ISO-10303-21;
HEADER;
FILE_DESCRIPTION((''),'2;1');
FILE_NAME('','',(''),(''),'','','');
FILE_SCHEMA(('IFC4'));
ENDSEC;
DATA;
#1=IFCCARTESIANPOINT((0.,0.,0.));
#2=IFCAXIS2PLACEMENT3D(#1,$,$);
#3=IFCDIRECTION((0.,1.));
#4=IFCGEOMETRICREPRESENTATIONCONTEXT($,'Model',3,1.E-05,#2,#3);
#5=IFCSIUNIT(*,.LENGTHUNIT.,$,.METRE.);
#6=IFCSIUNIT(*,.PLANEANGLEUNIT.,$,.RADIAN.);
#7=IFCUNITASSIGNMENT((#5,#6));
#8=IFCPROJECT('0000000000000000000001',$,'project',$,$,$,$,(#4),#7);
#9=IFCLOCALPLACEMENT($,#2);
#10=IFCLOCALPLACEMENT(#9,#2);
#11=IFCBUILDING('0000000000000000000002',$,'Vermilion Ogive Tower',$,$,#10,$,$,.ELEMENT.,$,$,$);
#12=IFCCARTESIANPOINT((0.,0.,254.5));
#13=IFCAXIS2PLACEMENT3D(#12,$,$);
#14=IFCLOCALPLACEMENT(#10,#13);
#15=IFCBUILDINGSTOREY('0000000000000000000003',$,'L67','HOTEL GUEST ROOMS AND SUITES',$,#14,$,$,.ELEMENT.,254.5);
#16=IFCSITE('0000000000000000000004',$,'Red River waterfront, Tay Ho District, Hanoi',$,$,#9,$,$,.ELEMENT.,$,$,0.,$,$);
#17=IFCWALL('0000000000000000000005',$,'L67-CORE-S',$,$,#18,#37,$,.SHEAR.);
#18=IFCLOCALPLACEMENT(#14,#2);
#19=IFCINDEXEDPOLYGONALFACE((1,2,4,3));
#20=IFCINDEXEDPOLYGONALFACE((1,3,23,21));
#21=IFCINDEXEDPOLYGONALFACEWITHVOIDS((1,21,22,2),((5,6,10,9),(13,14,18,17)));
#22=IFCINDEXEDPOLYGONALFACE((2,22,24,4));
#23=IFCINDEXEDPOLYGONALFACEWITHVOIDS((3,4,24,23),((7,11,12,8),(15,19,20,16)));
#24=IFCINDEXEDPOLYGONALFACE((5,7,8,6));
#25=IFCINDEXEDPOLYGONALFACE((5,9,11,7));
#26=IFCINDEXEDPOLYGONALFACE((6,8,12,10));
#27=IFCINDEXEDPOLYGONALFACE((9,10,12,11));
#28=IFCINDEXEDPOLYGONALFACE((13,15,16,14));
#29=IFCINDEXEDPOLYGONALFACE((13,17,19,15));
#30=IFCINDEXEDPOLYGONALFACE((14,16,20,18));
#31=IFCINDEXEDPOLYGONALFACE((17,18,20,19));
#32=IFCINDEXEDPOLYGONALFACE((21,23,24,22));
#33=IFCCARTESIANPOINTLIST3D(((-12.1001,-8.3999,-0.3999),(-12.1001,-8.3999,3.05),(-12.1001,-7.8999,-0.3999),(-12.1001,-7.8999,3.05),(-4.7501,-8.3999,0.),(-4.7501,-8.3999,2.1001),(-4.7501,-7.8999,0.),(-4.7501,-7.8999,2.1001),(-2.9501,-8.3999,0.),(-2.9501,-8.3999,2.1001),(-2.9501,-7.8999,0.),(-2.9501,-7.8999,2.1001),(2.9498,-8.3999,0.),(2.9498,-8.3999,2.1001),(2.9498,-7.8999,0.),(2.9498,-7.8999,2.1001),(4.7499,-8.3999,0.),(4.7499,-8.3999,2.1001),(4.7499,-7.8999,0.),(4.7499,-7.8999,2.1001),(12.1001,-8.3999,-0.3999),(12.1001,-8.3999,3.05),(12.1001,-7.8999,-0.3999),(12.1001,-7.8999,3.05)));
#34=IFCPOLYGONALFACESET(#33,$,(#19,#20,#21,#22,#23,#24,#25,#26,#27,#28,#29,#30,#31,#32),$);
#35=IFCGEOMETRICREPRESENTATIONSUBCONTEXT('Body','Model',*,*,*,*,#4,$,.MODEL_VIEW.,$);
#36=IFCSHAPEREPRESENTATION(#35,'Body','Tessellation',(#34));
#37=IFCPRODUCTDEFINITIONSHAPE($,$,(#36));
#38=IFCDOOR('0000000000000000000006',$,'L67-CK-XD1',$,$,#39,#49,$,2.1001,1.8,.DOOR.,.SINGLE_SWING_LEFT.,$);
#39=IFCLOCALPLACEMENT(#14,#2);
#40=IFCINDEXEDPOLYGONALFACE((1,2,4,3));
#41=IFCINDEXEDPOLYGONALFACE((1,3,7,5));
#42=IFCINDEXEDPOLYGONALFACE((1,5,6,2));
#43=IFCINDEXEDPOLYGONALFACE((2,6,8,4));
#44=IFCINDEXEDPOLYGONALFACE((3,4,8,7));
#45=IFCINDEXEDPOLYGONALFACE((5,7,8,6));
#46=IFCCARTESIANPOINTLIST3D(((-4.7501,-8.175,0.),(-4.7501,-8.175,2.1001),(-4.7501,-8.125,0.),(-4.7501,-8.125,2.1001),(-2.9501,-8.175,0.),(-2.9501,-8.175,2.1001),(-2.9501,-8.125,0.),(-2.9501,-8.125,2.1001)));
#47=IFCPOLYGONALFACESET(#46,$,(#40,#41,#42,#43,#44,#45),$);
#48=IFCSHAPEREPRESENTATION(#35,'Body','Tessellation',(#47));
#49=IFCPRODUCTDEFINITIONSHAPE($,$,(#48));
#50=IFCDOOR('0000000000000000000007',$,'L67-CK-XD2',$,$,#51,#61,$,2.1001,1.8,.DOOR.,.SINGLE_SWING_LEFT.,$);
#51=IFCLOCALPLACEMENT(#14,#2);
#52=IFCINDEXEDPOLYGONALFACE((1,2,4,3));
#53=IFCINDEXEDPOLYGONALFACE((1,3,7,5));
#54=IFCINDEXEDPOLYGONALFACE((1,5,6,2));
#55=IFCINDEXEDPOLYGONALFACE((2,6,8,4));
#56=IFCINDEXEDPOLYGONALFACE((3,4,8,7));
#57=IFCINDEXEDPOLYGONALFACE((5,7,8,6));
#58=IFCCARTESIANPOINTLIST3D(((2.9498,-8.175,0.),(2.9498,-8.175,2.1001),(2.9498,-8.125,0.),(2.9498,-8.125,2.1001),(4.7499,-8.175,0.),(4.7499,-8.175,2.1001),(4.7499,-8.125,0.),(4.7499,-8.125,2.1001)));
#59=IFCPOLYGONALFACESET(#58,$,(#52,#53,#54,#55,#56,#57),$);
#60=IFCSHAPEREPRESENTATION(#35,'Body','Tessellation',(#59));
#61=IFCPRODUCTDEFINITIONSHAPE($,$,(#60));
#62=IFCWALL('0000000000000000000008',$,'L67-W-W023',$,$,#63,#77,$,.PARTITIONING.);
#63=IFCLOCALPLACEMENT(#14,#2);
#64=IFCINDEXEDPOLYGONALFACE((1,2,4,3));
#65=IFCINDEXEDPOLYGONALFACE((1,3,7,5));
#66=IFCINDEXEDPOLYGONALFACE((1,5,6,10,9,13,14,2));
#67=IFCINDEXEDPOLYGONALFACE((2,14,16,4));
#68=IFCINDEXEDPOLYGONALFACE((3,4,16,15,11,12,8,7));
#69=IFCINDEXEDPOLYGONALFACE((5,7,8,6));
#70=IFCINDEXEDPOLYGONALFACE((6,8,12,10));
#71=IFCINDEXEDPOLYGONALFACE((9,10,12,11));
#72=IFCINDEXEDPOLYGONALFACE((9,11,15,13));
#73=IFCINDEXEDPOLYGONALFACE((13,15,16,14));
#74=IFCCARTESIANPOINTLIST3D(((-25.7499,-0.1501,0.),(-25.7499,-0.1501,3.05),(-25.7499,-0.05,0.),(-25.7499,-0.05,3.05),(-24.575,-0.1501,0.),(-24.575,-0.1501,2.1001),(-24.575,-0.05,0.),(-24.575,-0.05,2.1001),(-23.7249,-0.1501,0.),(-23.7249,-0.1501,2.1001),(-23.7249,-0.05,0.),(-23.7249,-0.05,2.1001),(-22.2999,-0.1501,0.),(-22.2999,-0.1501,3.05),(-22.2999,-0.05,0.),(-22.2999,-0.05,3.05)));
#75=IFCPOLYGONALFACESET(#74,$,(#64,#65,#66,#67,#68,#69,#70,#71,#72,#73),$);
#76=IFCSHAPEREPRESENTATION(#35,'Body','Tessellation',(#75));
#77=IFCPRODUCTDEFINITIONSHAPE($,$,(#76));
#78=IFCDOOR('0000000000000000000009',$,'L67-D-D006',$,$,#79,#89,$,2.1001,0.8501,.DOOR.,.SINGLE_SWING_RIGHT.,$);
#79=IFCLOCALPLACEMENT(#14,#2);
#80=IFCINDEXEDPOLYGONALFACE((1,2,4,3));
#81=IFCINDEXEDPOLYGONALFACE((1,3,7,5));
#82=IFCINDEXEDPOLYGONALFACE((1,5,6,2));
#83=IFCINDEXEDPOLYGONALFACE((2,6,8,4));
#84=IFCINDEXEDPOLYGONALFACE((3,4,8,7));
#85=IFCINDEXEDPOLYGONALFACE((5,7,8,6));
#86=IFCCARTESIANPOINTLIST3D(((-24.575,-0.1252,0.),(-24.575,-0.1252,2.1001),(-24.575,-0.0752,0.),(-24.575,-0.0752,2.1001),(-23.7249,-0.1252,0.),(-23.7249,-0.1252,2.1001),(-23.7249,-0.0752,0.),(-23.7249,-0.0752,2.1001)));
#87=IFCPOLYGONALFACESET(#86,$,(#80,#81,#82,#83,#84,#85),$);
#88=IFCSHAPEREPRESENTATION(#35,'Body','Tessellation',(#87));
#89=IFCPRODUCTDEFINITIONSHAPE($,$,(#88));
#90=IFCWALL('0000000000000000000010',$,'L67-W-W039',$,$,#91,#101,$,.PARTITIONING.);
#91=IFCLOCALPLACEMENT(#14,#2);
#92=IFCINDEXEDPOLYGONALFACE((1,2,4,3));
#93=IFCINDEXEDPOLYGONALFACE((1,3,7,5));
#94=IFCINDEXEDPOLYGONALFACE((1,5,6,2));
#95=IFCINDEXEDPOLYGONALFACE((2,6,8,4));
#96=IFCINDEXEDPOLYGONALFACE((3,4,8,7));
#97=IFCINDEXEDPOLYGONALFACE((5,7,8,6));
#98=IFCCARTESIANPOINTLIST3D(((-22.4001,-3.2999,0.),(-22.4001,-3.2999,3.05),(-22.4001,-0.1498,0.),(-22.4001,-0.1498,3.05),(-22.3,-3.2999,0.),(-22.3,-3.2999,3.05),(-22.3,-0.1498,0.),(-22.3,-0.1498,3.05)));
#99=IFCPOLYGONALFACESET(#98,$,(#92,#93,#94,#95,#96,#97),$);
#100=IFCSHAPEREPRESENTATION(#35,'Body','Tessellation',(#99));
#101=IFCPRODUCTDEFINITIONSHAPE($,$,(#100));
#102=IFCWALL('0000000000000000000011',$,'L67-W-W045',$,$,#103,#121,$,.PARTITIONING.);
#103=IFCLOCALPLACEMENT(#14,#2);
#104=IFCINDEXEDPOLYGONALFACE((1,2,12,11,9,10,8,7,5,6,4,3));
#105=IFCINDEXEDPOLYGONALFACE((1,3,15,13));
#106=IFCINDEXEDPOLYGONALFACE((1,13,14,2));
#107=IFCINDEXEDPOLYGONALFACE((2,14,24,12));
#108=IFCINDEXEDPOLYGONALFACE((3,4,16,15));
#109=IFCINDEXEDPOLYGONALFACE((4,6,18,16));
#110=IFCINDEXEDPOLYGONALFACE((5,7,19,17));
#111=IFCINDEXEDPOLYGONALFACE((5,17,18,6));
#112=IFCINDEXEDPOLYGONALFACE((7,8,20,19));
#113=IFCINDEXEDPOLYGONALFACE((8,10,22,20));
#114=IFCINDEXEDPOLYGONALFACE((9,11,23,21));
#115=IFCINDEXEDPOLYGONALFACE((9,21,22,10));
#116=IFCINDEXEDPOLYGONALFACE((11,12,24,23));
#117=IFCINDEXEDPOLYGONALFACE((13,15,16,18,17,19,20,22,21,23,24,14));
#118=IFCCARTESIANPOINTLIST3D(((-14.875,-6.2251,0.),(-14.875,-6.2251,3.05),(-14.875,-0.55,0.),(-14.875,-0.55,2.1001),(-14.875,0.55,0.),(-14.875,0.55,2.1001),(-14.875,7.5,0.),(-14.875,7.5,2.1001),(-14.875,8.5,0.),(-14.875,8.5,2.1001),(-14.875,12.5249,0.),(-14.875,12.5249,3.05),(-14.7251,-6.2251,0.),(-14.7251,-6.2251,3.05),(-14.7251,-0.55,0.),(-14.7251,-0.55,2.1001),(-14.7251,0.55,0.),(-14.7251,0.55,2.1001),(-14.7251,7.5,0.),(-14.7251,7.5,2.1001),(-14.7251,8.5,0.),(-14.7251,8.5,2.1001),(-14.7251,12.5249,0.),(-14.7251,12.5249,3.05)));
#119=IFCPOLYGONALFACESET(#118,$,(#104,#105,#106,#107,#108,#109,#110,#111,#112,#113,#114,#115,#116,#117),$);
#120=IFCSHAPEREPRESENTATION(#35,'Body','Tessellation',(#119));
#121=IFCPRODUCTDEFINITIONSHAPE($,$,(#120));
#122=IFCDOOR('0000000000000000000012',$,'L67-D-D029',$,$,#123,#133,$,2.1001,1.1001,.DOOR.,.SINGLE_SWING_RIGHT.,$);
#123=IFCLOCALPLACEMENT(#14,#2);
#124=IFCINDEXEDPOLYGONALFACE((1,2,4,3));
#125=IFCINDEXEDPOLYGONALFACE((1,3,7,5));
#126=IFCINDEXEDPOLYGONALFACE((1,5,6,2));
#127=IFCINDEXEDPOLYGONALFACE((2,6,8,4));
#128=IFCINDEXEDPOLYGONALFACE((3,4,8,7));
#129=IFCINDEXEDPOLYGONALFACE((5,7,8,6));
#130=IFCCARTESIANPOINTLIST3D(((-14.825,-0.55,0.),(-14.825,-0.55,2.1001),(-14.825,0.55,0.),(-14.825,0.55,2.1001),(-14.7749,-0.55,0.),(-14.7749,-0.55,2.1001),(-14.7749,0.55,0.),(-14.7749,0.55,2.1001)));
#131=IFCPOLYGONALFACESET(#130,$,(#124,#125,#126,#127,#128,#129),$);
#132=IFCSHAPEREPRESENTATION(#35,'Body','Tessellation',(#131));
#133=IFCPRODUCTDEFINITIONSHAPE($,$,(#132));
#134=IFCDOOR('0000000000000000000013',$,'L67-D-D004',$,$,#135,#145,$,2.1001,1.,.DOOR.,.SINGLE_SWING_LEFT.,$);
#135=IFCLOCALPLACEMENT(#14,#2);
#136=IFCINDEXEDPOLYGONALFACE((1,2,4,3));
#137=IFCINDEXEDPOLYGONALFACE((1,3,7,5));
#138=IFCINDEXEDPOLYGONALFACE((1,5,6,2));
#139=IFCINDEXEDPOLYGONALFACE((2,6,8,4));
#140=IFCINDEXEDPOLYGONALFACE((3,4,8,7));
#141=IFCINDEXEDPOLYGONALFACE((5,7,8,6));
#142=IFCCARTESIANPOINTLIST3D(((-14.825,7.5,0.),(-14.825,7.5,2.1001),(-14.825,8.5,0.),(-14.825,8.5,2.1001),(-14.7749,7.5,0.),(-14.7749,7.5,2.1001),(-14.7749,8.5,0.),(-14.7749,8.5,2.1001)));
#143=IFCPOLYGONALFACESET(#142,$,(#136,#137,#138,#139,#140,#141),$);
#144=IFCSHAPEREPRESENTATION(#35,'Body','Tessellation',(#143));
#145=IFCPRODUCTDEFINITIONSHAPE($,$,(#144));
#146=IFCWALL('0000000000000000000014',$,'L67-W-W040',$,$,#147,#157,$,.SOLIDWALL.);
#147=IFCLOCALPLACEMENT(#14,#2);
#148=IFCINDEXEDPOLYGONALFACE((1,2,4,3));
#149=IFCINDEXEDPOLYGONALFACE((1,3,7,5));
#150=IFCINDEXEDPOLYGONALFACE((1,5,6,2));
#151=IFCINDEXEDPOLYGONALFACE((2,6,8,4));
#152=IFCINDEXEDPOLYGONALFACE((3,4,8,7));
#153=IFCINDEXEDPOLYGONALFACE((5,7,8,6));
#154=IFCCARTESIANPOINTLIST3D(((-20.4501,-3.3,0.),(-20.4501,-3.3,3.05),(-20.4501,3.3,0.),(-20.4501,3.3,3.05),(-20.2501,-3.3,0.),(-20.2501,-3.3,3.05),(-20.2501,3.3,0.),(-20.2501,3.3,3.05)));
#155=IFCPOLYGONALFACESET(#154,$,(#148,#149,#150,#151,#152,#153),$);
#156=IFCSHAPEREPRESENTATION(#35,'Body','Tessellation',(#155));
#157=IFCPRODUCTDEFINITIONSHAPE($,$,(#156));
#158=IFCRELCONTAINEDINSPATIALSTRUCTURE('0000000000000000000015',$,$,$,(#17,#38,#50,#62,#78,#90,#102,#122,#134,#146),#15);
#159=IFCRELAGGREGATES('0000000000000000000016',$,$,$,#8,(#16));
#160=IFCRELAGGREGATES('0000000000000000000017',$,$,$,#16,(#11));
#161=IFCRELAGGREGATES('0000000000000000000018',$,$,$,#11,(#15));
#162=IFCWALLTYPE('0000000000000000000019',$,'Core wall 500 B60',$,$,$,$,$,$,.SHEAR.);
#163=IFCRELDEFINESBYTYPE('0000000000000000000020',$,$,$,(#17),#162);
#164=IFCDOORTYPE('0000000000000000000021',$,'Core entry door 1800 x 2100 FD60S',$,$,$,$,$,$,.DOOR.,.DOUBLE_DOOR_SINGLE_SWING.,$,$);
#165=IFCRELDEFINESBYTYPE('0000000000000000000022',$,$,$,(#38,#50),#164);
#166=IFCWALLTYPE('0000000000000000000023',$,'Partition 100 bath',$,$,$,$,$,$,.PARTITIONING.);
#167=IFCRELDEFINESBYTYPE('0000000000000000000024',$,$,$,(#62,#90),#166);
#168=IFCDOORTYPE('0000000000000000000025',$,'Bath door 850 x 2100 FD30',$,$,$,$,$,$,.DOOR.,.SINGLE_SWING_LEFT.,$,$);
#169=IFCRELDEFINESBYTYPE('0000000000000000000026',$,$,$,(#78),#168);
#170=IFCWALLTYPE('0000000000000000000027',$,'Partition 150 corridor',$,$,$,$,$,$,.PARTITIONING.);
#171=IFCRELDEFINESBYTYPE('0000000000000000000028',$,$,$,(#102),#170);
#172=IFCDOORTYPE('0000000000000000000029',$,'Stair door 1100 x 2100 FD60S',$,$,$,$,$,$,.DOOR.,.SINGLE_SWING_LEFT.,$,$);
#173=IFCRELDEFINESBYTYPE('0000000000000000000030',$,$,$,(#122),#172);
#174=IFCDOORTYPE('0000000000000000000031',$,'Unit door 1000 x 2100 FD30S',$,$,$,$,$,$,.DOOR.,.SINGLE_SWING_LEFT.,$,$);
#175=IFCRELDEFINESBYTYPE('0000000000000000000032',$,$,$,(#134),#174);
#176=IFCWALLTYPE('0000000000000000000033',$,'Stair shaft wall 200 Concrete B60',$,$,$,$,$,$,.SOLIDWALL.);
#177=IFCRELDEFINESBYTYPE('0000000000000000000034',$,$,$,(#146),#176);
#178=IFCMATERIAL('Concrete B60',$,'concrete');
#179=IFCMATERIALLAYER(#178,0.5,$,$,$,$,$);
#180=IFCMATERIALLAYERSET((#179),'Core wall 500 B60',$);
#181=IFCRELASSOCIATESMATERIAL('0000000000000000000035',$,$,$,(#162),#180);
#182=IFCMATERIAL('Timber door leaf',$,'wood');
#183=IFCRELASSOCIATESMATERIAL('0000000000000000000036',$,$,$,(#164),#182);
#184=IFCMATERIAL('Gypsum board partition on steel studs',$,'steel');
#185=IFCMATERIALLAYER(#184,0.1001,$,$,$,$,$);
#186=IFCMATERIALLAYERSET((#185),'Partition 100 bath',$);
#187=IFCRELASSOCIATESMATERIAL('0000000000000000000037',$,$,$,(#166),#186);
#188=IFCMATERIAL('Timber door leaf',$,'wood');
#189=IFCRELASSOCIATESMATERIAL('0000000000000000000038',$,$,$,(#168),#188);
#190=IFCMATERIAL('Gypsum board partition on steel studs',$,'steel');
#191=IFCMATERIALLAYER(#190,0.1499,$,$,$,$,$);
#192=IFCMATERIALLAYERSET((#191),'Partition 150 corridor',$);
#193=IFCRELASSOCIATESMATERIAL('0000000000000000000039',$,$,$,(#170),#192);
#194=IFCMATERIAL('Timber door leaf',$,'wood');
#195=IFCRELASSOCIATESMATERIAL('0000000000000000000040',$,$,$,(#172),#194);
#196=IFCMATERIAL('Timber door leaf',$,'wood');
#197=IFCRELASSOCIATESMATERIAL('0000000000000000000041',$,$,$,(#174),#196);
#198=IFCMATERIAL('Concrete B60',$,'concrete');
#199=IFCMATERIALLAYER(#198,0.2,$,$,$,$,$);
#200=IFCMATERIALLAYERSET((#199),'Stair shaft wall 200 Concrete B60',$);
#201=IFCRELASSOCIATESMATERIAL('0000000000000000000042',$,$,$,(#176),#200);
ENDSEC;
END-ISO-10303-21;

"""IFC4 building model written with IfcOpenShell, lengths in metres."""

from ifc_helpers import new_model, si_unit, direction, frame, frame_2d, origin, place, context, subcontext, project, spatial, rectangle, extrude, material, layer, layer_set, type_object, element, fill, save


model = new_model("IFC4")

# Units and contexts
model_context = context("Model", 3, precision=1e-05, world=origin(), true_north=direction((0.0, 1.0)))
body_context = subcontext(model_context, "Body", "Model", "MODEL_VIEW")
ifc_project = project(units=[si_unit("LENGTHUNIT", "METRE"), si_unit("PLANEANGLEUNIT", "RADIAN")], contexts=[model_context])

# Site, building, storey
site_placement = place(None, origin())
site = spatial("IfcSite", under=ifc_project, at=site_placement, Name="Red River waterfront, Tay Ho District, Hanoi", CompositionType="ELEMENT", RefElevation=0.0)
building_placement = place(site_placement, origin())
building = spatial("IfcBuilding", under=site, at=building_placement, Name="Vermilion Ogive Tower", CompositionType="ELEMENT")
storey_placement = place(building_placement, frame((0.0, 0.0, 254.5)))
storey = spatial("IfcBuildingStorey", under=building, at=storey_placement, Name="L67", Description="HOTEL GUEST ROOMS AND SUITES", CompositionType="ELEMENT", Elevation=254.5)

# Wall, openings, doors
ifc_material_1 = material(Name="Concrete B60", Category="concrete")
ifc_layer_1 = layer(ifc_material_1, 0.5)
ifc_layer_set_1 = layer_set([ifc_layer_1], Name="Core wall 500 B60")
wall_type_1 = type_object("IfcWallType", Name="Core wall 500 B60", PredefinedType="SHEAR", material=ifc_layer_set_1)
wall_1_placement = place(storey_placement, frame((-12.1001, -8.1499, -0.3999), z_axis=(0.0, 0.0, 1.0), x_axis=(1.0, 0.0, 0.0)))
wall_1 = element("IfcWall", 1, at=wall_1_placement, inside=storey, type_object=wall_type_1, Name="L67-CORE-S", PredefinedType="SHEAR", context=body_context, shape_type="SweptSolid", body=[
    extrude(rectangle(XDim=24.2002, YDim=0.5, at=frame_2d((12.1001, 0.0))), origin(), (0.0, 0.0, 1.0), 3.45),
])
opening_1_placement = place(wall_1_placement, frame((7.3501, 0.0, 0.3999)))
opening_1 = element("IfcOpeningElement", 2, at=opening_1_placement, cuts=wall_1, PredefinedType="OPENING", context=body_context, shape_type="SweptSolid", body=[
    extrude(rectangle(XDim=1.8, YDim=2.1001, at=frame_2d((0.8999, 1.05))), frame((0.0, 0.26, 0.0), z_axis=(0.0, -1.0, 0.0), x_axis=(1.0, 0.0, 0.0)), (0.0, 0.0, 1.0), 0.52),
])
opening_2_placement = place(wall_1_placement, frame((15.05, 0.0, 0.3999)))
opening_2 = element("IfcOpeningElement", 3, at=opening_2_placement, cuts=wall_1, PredefinedType="OPENING", context=body_context, shape_type="SweptSolid", body=[
    extrude(rectangle(XDim=1.8, YDim=2.1001, at=frame_2d((0.8999, 1.05))), frame((0.0, 0.26, 0.0), z_axis=(0.0, -1.0, 0.0), x_axis=(1.0, 0.0, 0.0)), (0.0, 0.0, 1.0), 0.52),
])
ifc_material_2 = material(Name="Timber door leaf", Category="wood")
door_type_1 = type_object("IfcDoorType", Name="Core entry door 1800 x 2100 FD60S", OperationType="DOUBLE_DOOR_SINGLE_SWING", PredefinedType="DOOR", material=ifc_material_2)
door_1_placement = place(opening_1_placement, origin())
door_1 = element("IfcDoor", 4, at=door_1_placement, inside=storey, type_object=door_type_1, Name="L67-CK-XD1", OperationType="SINGLE_SWING_LEFT", OverallHeight=2.1001, OverallWidth=1.8, PredefinedType="DOOR", context=body_context, shape_type="SweptSolid", body=[
    extrude(rectangle(XDim=1.8, YDim=2.1001, at=frame_2d((0.8999, 1.05))), frame((0.0, 0.0249, 0.0), z_axis=(0.0, -1.0, 0.0), x_axis=(1.0, 0.0, 0.0)), (0.0, 0.0, 1.0), 0.05),
])
fill(opening_1, door_1)
door_2_placement = place(opening_2_placement, origin())
door_2 = element("IfcDoor", 5, at=door_2_placement, inside=storey, type_object=door_type_1, Name="L67-CK-XD2", OperationType="SINGLE_SWING_LEFT", OverallHeight=2.1001, OverallWidth=1.8, PredefinedType="DOOR", context=body_context, shape_type="SweptSolid", body=[
    extrude(rectangle(XDim=1.8, YDim=2.1001, at=frame_2d((0.8999, 1.05))), frame((0.0, 0.0249, 0.0), z_axis=(0.0, -1.0, 0.0), x_axis=(1.0, 0.0, 0.0)), (0.0, 0.0, 1.0), 0.05),
])
fill(opening_2, door_2)

# Wall, opening, door
ifc_material_3 = material(Name="Gypsum board partition on steel studs", Category="steel")
ifc_layer_2 = layer(ifc_material_3, 0.1001)
ifc_layer_set_2 = layer_set([ifc_layer_2], Name="Partition 100 bath")
wall_type_2 = type_object("IfcWallType", Name="Partition 100 bath", PredefinedType="PARTITIONING", material=ifc_layer_set_2)
wall_2_placement = place(storey_placement, frame((-25.75, -0.1001, 0.0), z_axis=(0.0, 0.0, 1.0), x_axis=(1.0, 0.0, 0.0)))
wall_2 = element("IfcWall", 6, at=wall_2_placement, inside=storey, type_object=wall_type_2, Name="L67-W-W023", PredefinedType="PARTITIONING", context=body_context, shape_type="SweptSolid", body=[
    extrude(rectangle(XDim=3.45, YDim=0.1001, at=frame_2d((1.7251, 0.0))), origin(), (0.0, 0.0, 1.0), 3.05),
])
opening_3_placement = place(wall_2_placement, frame((1.175, 0.0, 0.0)))
opening_3 = element("IfcOpeningElement", 7, at=opening_3_placement, cuts=wall_2, PredefinedType="OPENING", context=body_context, shape_type="SweptSolid", body=[
    extrude(rectangle(XDim=0.8501, YDim=2.1001, at=frame_2d((0.425, 1.05))), frame((0.0, 0.0601, 0.0), z_axis=(0.0, -1.0, 0.0), x_axis=(1.0, 0.0, 0.0)), (0.0, 0.0, 1.0), 0.1201),
])
ifc_material_4 = material(Name="Timber door leaf", Category="wood")
door_type_2 = type_object("IfcDoorType", Name="Bath door 850 x 2100 FD30", OperationType="SINGLE_SWING_LEFT", PredefinedType="DOOR", material=ifc_material_4)
door_3_placement = place(opening_3_placement, origin())
door_3 = element("IfcDoor", 8, at=door_3_placement, inside=storey, type_object=door_type_2, Name="L67-D-D006", OperationType="SINGLE_SWING_RIGHT", OverallHeight=2.1001, OverallWidth=0.8501, PredefinedType="DOOR", context=body_context, shape_type="SweptSolid", body=[
    extrude(rectangle(XDim=0.8501, YDim=2.1001, at=frame_2d((0.425, 1.05))), frame((0.0, 0.0249, 0.0), z_axis=(0.0, -1.0, 0.0), x_axis=(1.0, 0.0, 0.0)), (0.0, 0.0, 1.0), 0.05),
])
fill(opening_3, door_3)

# Wall
wall_3_placement = place(storey_placement, frame((-22.3501, -3.3, 0.0), z_axis=(0.0, 0.0, 1.0), x_axis=(0.0, 1.0, 0.0)))
element("IfcWall", 9, at=wall_3_placement, inside=storey, type_object=wall_type_2, Name="L67-W-W039", PredefinedType="PARTITIONING", context=body_context, shape_type="SweptSolid", body=[
    extrude(rectangle(XDim=3.1501, YDim=0.1001, at=frame_2d((1.5752, 0.0))), origin(), (0.0, 0.0, 1.0), 3.05),
])

# Wall, openings, doors
ifc_material_5 = material(Name="Gypsum board partition on steel studs", Category="steel")
ifc_layer_3 = layer(ifc_material_5, 0.1499)
ifc_layer_set_3 = layer_set([ifc_layer_3], Name="Partition 150 corridor")
wall_type_3 = type_object("IfcWallType", Name="Partition 150 corridor", PredefinedType="PARTITIONING", material=ifc_layer_set_3)
wall_4_placement = place(storey_placement, frame((-14.8, -6.2251, 0.0), z_axis=(0.0, 0.0, 1.0), x_axis=(0.0, 1.0, 0.0)))
wall_4 = element("IfcWall", 10, at=wall_4_placement, inside=storey, type_object=wall_type_3, Name="L67-W-W045", PredefinedType="PARTITIONING", context=body_context, shape_type="SweptSolid", body=[
    extrude(rectangle(XDim=18.75, YDim=0.1499, at=frame_2d((9.375, 0.0))), origin(), (0.0, 0.0, 1.0), 3.05),
])
opening_4_placement = place(wall_4_placement, frame((13.7251, 0.0, 0.0)))
opening_4 = element("IfcOpeningElement", 11, at=opening_4_placement, cuts=wall_4, PredefinedType="OPENING", context=body_context, shape_type="SweptSolid", body=[
    extrude(rectangle(XDim=1.0, YDim=2.1001, at=frame_2d((0.5, 1.05))), frame((0.0, 0.085, 0.0), z_axis=(0.0, -1.0, 0.0), x_axis=(1.0, 0.0, 0.0)), (0.0, 0.0, 1.0), 0.1699),
])
opening_5_placement = place(wall_4_placement, frame((5.675, 0.0, 0.0)))
opening_5 = element("IfcOpeningElement", 12, at=opening_5_placement, cuts=wall_4, PredefinedType="OPENING", context=body_context, shape_type="SweptSolid", body=[
    extrude(rectangle(XDim=1.1001, YDim=2.1001, at=frame_2d((0.55, 1.05))), frame((0.0, 0.085, 0.0), z_axis=(0.0, -1.0, 0.0), x_axis=(1.0, 0.0, 0.0)), (0.0, 0.0, 1.0), 0.1699),
])
ifc_material_6 = material(Name="Timber door leaf", Category="wood")
door_type_3 = type_object("IfcDoorType", Name="Stair door 1100 x 2100 FD60S", OperationType="SINGLE_SWING_LEFT", PredefinedType="DOOR", material=ifc_material_6)
door_4_placement = place(opening_5_placement, origin())
door_4 = element("IfcDoor", 13, at=door_4_placement, inside=storey, type_object=door_type_3, Name="L67-D-D029", OperationType="SINGLE_SWING_RIGHT", OverallHeight=2.1001, OverallWidth=1.1001, PredefinedType="DOOR", context=body_context, shape_type="SweptSolid", body=[
    extrude(rectangle(XDim=1.1001, YDim=2.1001, at=frame_2d((0.55, 1.05))), frame((0.0, 0.0249, 0.0), z_axis=(0.0, -1.0, 0.0), x_axis=(1.0, 0.0, 0.0)), (0.0, 0.0, 1.0), 0.05),
])
fill(opening_5, door_4)
ifc_material_7 = material(Name="Timber door leaf", Category="wood")
door_type_4 = type_object("IfcDoorType", Name="Unit door 1000 x 2100 FD30S", OperationType="SINGLE_SWING_LEFT", PredefinedType="DOOR", material=ifc_material_7)
door_5_placement = place(opening_4_placement, origin())
door_5 = element("IfcDoor", 14, at=door_5_placement, inside=storey, type_object=door_type_4, Name="L67-D-D004", OperationType="SINGLE_SWING_LEFT", OverallHeight=2.1001, OverallWidth=1.0, PredefinedType="DOOR", context=body_context, shape_type="SweptSolid", body=[
    extrude(rectangle(XDim=1.0, YDim=2.1001, at=frame_2d((0.5, 1.05))), frame((0.0, 0.0249, 0.0), z_axis=(0.0, -1.0, 0.0), x_axis=(1.0, 0.0, 0.0)), (0.0, 0.0, 1.0), 0.05),
])
fill(opening_4, door_5)

# Wall
ifc_material_8 = material(Name="Concrete B60", Category="concrete")
ifc_layer_4 = layer(ifc_material_8, 0.2)
ifc_layer_set_4 = layer_set([ifc_layer_4], Name="Stair shaft wall 200 Concrete B60")
wall_type_4 = type_object("IfcWallType", Name="Stair shaft wall 200 Concrete B60", PredefinedType="SOLIDWALL", material=ifc_layer_set_4)
wall_5_placement = place(storey_placement, frame((-20.3501, -3.3, 0.0), z_axis=(0.0, 0.0, 1.0), x_axis=(0.0, 1.0, 0.0)))
element("IfcWall", 15, at=wall_5_placement, inside=storey, type_object=wall_type_4, Name="L67-W-W040", PredefinedType="SOLIDWALL", context=body_context, shape_type="SweptSolid", body=[
    extrude(rectangle(XDim=6.6001, YDim=0.2, at=frame_2d((3.3, 0.0))), origin(), (0.0, 0.0, 1.0), 3.05),
])

save(model, "model.ifc")
